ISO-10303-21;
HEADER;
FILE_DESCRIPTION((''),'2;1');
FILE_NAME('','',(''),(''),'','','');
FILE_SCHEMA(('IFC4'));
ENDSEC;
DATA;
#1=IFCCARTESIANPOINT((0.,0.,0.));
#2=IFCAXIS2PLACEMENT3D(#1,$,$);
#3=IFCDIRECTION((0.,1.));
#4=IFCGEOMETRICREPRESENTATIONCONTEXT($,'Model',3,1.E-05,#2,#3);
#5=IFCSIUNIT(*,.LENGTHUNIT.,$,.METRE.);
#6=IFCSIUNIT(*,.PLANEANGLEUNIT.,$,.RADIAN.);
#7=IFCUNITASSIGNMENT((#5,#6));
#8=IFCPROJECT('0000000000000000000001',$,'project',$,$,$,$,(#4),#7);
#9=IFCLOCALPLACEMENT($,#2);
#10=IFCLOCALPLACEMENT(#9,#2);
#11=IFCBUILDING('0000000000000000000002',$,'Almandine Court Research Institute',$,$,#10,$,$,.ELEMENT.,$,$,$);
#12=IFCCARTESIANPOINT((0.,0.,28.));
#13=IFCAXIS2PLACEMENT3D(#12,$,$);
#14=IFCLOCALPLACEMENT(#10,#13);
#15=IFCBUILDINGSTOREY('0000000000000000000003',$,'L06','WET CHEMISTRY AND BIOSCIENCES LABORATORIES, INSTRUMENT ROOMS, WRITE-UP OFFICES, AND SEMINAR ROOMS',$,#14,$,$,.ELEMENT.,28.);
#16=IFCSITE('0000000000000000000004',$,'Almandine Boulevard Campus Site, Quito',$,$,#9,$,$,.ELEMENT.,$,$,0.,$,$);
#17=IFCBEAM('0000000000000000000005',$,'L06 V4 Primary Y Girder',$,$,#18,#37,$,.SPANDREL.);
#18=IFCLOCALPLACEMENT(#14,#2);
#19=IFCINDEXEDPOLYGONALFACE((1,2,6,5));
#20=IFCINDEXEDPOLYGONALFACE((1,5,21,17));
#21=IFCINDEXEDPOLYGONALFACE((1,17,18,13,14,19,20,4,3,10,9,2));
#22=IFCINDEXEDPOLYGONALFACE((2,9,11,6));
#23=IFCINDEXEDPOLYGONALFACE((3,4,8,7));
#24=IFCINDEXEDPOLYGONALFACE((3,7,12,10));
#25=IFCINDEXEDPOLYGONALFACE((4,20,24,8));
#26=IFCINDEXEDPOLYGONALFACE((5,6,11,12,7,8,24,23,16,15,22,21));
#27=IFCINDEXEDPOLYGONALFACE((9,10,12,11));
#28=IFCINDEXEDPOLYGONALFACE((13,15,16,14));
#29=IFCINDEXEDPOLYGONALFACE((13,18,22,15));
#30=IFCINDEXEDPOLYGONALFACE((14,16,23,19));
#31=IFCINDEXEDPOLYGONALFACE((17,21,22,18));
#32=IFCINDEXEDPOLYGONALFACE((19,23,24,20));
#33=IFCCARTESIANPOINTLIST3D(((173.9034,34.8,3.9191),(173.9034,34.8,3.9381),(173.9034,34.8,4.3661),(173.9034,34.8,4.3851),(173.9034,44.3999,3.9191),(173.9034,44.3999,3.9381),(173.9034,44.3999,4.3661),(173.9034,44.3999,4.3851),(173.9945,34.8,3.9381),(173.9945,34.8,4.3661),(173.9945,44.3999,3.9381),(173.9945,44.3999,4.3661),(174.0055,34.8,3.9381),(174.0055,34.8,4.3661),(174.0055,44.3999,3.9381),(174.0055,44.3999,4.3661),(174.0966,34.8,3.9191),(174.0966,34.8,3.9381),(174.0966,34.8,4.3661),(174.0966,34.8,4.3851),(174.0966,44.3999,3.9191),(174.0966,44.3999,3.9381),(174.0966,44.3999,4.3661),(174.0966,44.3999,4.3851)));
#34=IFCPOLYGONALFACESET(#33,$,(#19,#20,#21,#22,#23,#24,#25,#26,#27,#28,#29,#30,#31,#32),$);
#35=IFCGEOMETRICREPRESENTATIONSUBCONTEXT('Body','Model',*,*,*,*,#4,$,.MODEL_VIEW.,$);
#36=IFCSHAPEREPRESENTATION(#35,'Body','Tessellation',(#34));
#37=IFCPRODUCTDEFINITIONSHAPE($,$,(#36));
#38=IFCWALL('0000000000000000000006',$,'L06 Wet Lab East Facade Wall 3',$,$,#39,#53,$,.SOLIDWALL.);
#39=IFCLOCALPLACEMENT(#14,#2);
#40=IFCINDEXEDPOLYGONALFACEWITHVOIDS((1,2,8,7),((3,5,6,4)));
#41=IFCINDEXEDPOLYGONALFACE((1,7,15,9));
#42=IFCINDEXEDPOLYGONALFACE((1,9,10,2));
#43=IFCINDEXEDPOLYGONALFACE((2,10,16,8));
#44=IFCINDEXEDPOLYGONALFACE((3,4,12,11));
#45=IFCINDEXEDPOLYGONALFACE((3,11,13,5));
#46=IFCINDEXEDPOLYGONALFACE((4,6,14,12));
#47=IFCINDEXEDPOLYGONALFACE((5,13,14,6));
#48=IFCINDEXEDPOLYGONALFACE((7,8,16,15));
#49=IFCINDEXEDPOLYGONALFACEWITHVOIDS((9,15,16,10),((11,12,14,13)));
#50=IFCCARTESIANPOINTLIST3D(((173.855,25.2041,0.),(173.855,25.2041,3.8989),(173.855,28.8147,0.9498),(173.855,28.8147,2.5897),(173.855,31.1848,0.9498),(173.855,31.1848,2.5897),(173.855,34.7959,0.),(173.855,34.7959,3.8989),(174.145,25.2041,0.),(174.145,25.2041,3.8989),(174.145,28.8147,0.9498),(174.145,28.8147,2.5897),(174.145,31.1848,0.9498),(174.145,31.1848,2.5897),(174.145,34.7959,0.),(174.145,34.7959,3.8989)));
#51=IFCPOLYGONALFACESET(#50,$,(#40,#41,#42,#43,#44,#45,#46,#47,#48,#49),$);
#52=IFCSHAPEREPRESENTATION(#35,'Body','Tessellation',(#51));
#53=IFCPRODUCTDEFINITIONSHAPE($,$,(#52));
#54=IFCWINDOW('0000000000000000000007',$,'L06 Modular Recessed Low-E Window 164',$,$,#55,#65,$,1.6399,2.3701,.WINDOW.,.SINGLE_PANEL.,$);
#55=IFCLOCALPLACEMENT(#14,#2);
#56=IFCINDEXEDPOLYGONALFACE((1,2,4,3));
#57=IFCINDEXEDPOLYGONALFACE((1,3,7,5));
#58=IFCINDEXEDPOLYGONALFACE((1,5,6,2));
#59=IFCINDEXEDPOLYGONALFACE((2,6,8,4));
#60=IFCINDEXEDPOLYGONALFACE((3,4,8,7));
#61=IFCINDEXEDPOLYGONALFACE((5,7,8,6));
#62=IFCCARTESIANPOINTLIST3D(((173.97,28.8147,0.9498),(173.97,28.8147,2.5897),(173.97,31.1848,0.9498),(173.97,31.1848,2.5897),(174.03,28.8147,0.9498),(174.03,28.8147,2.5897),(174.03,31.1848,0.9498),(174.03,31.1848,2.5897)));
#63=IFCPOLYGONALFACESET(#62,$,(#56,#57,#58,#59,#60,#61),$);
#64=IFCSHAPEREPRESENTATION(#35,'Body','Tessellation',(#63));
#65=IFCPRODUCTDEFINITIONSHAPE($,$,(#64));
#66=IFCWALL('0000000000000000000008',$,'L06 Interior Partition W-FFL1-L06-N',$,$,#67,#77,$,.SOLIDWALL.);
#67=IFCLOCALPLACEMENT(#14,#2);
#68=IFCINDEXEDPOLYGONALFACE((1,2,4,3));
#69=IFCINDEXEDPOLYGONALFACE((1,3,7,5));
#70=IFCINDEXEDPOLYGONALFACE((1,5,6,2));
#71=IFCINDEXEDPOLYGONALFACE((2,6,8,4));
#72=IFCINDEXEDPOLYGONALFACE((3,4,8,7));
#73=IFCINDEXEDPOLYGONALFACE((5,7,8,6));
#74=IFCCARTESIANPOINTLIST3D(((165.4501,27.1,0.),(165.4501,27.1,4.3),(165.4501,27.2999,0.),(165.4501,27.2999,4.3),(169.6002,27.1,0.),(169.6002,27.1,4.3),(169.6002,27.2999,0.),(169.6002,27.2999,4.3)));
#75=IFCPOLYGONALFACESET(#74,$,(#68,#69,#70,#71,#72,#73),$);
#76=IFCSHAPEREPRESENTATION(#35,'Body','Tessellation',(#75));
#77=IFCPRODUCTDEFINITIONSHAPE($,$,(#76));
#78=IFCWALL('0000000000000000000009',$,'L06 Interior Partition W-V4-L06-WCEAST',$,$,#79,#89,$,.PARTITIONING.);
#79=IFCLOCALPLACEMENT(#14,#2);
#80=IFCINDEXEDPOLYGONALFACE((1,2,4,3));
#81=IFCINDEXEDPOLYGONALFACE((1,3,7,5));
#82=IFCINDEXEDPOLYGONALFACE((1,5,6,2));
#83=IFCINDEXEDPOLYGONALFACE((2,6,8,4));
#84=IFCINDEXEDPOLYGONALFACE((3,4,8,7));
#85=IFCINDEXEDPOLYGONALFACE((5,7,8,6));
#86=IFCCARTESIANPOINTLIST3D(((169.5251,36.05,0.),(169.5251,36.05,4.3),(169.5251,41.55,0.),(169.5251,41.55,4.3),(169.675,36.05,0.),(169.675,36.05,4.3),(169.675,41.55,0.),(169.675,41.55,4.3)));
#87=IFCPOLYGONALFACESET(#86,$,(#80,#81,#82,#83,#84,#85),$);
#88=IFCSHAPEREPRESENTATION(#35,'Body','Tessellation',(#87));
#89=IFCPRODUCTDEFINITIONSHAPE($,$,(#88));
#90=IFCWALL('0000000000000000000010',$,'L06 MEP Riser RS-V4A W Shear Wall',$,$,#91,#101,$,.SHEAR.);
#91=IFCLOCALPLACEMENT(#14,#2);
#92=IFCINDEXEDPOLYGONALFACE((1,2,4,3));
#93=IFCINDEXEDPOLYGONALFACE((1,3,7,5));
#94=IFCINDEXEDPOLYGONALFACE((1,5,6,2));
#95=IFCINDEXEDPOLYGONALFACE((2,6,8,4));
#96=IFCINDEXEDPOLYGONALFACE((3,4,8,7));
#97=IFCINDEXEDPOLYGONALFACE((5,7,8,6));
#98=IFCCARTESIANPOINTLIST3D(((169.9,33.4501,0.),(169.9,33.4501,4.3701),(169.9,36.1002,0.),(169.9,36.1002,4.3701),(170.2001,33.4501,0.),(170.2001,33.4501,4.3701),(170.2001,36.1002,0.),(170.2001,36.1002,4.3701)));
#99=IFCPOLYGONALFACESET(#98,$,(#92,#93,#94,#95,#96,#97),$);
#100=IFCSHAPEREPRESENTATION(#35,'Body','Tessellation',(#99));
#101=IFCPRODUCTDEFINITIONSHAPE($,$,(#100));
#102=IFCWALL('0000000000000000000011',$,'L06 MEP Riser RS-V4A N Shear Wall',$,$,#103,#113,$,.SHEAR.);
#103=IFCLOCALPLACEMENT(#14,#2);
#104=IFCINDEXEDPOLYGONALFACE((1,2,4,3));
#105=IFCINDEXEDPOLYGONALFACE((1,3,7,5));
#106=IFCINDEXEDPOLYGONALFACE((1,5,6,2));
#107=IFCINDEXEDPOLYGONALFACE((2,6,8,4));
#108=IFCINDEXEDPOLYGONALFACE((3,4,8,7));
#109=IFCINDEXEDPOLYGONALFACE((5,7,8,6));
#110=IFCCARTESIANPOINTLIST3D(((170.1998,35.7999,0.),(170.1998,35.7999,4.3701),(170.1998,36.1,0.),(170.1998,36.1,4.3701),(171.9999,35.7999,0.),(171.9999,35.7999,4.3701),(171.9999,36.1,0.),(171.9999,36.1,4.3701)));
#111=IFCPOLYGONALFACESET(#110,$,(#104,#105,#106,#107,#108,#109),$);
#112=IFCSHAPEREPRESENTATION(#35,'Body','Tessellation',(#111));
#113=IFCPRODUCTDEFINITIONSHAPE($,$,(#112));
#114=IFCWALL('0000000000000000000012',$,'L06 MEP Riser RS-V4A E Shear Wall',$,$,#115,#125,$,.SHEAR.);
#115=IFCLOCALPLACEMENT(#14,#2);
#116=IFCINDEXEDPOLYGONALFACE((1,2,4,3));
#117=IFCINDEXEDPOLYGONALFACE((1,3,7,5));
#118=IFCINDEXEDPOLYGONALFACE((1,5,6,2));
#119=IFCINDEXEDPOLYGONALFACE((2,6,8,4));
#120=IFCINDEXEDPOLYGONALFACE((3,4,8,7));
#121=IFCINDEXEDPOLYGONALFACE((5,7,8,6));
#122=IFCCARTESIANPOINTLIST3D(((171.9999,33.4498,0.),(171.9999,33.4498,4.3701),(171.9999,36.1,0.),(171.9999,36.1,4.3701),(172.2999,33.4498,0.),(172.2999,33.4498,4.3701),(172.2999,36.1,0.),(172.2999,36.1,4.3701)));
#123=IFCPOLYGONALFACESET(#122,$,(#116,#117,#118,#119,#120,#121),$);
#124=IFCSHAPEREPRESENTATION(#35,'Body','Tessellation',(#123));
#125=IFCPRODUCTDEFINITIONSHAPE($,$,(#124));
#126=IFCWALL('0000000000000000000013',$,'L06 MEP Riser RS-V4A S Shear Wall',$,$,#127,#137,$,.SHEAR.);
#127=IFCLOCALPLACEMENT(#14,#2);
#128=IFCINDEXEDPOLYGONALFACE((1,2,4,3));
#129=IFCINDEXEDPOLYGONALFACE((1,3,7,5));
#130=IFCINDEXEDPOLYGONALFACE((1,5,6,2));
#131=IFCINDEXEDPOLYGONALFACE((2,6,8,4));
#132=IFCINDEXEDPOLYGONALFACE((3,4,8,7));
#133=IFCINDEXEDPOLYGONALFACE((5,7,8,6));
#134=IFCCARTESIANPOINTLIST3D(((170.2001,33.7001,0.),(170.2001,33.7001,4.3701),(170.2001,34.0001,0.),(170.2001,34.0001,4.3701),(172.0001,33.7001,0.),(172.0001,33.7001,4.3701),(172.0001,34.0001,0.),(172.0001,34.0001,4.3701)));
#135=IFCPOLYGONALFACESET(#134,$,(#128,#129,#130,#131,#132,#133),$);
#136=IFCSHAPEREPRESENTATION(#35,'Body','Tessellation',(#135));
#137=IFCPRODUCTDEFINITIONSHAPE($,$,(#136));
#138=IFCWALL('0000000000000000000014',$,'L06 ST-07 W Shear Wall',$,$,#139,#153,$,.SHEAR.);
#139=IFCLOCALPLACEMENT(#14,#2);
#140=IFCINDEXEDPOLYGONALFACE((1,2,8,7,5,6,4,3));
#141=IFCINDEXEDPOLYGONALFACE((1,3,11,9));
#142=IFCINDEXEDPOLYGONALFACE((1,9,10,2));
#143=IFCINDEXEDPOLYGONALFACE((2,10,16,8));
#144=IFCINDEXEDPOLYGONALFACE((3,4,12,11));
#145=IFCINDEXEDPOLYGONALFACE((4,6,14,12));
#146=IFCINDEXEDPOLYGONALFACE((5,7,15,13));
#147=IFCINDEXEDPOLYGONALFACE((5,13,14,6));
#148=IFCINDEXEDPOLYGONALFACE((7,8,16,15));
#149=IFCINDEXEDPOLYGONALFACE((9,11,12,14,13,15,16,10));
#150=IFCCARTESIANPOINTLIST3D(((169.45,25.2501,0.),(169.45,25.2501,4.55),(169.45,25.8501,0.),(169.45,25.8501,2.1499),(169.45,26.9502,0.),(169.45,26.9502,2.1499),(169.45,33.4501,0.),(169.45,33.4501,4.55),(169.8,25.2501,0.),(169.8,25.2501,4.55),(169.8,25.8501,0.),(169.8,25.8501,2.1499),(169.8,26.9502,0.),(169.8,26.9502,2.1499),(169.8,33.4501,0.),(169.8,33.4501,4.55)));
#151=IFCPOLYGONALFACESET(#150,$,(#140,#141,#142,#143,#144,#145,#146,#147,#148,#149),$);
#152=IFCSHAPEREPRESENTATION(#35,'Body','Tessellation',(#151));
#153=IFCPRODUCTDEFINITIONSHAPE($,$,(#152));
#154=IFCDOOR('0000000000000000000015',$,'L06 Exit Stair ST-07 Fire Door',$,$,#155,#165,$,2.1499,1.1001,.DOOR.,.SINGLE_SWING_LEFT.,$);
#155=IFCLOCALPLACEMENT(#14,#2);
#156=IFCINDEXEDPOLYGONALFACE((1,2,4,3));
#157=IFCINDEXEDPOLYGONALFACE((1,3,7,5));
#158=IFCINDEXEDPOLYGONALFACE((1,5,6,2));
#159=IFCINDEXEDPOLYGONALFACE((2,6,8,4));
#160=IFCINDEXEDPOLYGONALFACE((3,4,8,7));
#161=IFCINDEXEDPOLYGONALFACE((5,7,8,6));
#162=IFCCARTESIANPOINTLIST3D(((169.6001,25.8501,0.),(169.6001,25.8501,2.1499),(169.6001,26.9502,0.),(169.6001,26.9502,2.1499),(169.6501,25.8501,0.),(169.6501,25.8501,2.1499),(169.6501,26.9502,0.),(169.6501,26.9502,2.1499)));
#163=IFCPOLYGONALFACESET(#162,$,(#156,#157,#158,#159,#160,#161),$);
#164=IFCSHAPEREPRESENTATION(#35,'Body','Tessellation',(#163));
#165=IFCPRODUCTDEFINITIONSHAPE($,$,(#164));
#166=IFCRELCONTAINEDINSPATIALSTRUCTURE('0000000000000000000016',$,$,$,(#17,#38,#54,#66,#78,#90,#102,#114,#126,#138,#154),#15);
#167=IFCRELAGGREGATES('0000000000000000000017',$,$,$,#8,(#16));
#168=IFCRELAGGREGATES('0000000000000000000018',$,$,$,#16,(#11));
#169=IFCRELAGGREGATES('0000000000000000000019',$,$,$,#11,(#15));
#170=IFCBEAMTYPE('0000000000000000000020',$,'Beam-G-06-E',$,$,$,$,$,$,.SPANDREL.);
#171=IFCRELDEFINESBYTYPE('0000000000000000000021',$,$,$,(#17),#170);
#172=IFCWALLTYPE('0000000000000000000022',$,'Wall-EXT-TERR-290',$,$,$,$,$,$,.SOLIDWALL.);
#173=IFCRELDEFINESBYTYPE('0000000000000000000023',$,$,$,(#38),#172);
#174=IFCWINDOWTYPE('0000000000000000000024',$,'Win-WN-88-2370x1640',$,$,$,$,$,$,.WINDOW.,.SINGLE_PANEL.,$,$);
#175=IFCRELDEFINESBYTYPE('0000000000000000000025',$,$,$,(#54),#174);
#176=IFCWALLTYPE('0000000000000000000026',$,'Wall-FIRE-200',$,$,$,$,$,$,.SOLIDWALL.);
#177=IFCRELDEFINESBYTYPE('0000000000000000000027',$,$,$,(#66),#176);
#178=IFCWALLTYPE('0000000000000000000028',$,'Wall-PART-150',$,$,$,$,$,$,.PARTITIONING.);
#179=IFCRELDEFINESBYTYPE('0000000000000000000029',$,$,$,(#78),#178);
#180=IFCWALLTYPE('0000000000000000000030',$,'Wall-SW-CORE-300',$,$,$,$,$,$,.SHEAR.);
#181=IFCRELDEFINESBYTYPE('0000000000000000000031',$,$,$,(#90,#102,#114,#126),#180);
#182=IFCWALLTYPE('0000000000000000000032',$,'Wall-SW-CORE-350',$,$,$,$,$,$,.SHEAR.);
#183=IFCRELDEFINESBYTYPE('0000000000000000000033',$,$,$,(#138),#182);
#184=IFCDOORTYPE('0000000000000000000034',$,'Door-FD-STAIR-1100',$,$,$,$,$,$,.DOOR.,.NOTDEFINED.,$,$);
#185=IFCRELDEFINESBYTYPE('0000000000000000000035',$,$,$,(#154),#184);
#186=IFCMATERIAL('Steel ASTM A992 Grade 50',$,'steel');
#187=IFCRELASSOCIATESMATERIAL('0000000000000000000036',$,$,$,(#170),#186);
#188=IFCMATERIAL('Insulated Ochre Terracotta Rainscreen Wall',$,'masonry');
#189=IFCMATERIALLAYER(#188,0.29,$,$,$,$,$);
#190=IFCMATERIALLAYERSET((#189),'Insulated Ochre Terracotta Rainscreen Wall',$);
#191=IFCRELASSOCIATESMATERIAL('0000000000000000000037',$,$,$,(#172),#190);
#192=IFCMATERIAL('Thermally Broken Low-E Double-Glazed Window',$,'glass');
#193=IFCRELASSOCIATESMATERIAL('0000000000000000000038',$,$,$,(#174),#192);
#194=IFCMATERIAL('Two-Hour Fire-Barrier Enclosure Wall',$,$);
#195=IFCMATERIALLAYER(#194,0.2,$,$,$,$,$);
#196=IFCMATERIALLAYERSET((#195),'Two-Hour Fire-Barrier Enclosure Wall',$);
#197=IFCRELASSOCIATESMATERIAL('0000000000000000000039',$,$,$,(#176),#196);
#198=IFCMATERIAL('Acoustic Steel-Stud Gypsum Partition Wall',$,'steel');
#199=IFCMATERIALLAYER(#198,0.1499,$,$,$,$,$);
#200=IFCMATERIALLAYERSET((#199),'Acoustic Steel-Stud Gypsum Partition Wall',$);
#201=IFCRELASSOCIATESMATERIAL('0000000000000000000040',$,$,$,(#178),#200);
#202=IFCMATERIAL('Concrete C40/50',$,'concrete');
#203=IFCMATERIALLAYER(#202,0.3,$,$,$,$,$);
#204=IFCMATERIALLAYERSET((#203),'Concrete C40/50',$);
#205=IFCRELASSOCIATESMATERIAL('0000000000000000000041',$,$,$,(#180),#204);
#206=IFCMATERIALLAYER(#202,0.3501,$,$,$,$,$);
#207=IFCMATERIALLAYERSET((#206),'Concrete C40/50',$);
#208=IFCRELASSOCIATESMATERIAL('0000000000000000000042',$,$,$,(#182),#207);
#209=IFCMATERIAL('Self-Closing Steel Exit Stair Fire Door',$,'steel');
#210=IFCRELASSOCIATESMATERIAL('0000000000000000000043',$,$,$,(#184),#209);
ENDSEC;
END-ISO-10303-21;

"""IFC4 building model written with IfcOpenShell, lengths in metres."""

from ifc_helpers import new_model, si_unit, direction, frame, frame_2d, origin, origin_2d, place, context, subcontext, project, spatial, rectangle, i_section, extrude, material, layer, layer_set, material_profile, profile_set, type_object, element, fill, save


model = new_model("IFC4")

# Units and contexts
model_context = context("Model", 3, precision=1e-05, world=origin(), true_north=direction((0.0, 1.0)))
body_context = subcontext(model_context, "Body", "Model", "MODEL_VIEW")
ifc_project = project(units=[si_unit("LENGTHUNIT", "METRE"), si_unit("PLANEANGLEUNIT", "RADIAN")], contexts=[model_context])

# Site, building, storey
site_placement = place(None, origin())
site = spatial("IfcSite", under=ifc_project, at=site_placement, Name="Almandine Boulevard Campus Site, Quito", CompositionType="ELEMENT", RefElevation=0.0)
building_placement = place(site_placement, origin())
building = spatial("IfcBuilding", under=site, at=building_placement, Name="Almandine Court Research Institute", CompositionType="ELEMENT")
storey_placement = place(building_placement, frame((0.0, 0.0, 28.0)))
storey = spatial("IfcBuildingStorey", under=building, at=storey_placement, Name="L06", Description="WET CHEMISTRY AND BIOSCIENCES LABORATORIES, INSTRUMENT ROOMS, WRITE-UP OFFICES, AND SEMINAR ROOMS", CompositionType="ELEMENT", Elevation=28.0)

# Shared definitions
ifc_material_1 = material(Name="Steel ASTM A992 Grade 50", Category="steel")

# Beam
ifc_material_profile_1 = material_profile(ifc_material_1, i_section(OverallWidth=0.1931, OverallDepth=0.4661, WebThickness=0.011, FlangeThickness=0.019, at=origin_2d()), Name="W460x97")
ifc_profile_set_1 = profile_set([ifc_material_profile_1], Name="Steel ASTM A992 Grade 50")
beam_type_1 = type_object("IfcBeamType", Name="Beam-G-06-E", PredefinedType="SPANDREL", material=ifc_profile_set_1)
beam_1_placement = place(storey_placement, frame((174.0, 34.8, 4.1521), z_axis=(0.0, 1.0, 0.0), x_axis=(-1.0, 0.0, 0.0)))
element("IfcBeam", 1, at=beam_1_placement, inside=storey, type_object=beam_type_1, Name="L06 V4 Primary Y Girder", PredefinedType="SPANDREL", context=body_context, shape_type="SweptSolid", body=[
    extrude(i_section(OverallWidth=0.1931, OverallDepth=0.4661, WebThickness=0.011, FlangeThickness=0.019, at=origin_2d()), origin(), (0.0, 0.0, 1.0), 9.5999),
])

# Wall, opening, window
ifc_material_2 = material(Name="Insulated Ochre Terracotta Rainscreen Wall", Category="masonry")
ifc_layer_1 = layer(ifc_material_2, 0.29)
ifc_layer_set_1 = layer_set([ifc_layer_1], Name="Insulated Ochre Terracotta Rainscreen Wall")
wall_type_1 = type_object("IfcWallType", Name="Wall-EXT-TERR-290", PredefinedType="SOLIDWALL", material=ifc_layer_set_1)
wall_1_placement = place(storey_placement, frame((174.0, 34.7959, 0.0), z_axis=(0.0, 0.0, 1.0), x_axis=(0.0, -1.0, 0.0)))
wall_1 = element("IfcWall", 2, at=wall_1_placement, inside=storey, type_object=wall_type_1, Name="L06 Wet Lab East Facade Wall 3", PredefinedType="SOLIDWALL", context=body_context, shape_type="SweptSolid", body=[
    extrude(rectangle(XDim=9.5918, YDim=0.29, at=frame_2d((4.7959, 0.0))), origin(), (0.0, 0.0, 1.0), 3.8989),
])
opening_1_placement = place(wall_1_placement, frame((3.6111, 0.0, 0.95)))
opening_1 = element("IfcOpeningElement", 3, at=opening_1_placement, cuts=wall_1, PredefinedType="OPENING", context=body_context, shape_type="SweptSolid", body=[
    extrude(rectangle(XDim=2.3701, YDim=1.6399, at=frame_2d((1.1851, 0.8198))), frame((0.0, 0.155, 0.0), z_axis=(0.0, -1.0, 0.0), x_axis=(1.0, 0.0, 0.0)), (0.0, 0.0, 1.0), 0.3101),
])
ifc_material_3 = material(Name="Thermally Broken Low-E Double-Glazed Window", Category="glass")
window_type = type_object("IfcWindowType", Name="Win-WN-88-2370x1640", PartitioningType="SINGLE_PANEL", PredefinedType="WINDOW", material=ifc_material_3)
window_placement = place(opening_1_placement, origin())
window = element("IfcWindow", 4, at=window_placement, inside=storey, type_object=window_type, Name="L06 Modular Recessed Low-E Window 164", OverallHeight=1.6399, OverallWidth=2.3701, PartitioningType="SINGLE_PANEL", PredefinedType="WINDOW", context=body_context, shape_type="SweptSolid", body=[
    extrude(rectangle(XDim=2.3701, YDim=1.6399, at=frame_2d((1.1851, 0.8198))), frame((0.0, 0.03, 0.0), z_axis=(0.0, -1.0, 0.0), x_axis=(1.0, 0.0, 0.0)), (0.0, 0.0, 1.0), 0.0601),
])
fill(opening_1, window)

# Walls
ifc_material_4 = material(Name="Two-Hour Fire-Barrier Enclosure Wall")
ifc_layer_2 = layer(ifc_material_4, 0.2)
ifc_layer_set_2 = layer_set([ifc_layer_2], Name="Two-Hour Fire-Barrier Enclosure Wall")
wall_type_2 = type_object("IfcWallType", Name="Wall-FIRE-200", PredefinedType="SOLIDWALL", material=ifc_layer_set_2)
wall_2_placement = place(storey_placement, frame((165.45, 27.2, 0.0), z_axis=(0.0, 0.0, 1.0), x_axis=(1.0, 0.0, 0.0)))
element("IfcWall", 5, at=wall_2_placement, inside=storey, type_object=wall_type_2, Name="L06 Interior Partition W-FFL1-L06-N", PredefinedType="SOLIDWALL", context=body_context, shape_type="SweptSolid", body=[
    extrude(rectangle(XDim=4.1501, YDim=0.2, at=frame_2d((2.0752, 0.0))), origin(), (0.0, 0.0, 1.0), 4.3),
])
ifc_material_5 = material(Name="Acoustic Steel-Stud Gypsum Partition Wall", Category="steel")
ifc_layer_3 = layer(ifc_material_5, 0.1499)
ifc_layer_set_3 = layer_set([ifc_layer_3], Name="Acoustic Steel-Stud Gypsum Partition Wall")
wall_type_3 = type_object("IfcWallType", Name="Wall-PART-150", PredefinedType="PARTITIONING", material=ifc_layer_set_3)
wall_3_placement = place(storey_placement, frame((169.6001, 36.05, 0.0), z_axis=(0.0, 0.0, 1.0), x_axis=(0.0, 1.0, 0.0)))
element("IfcWall", 6, at=wall_3_placement, inside=storey, type_object=wall_type_3, Name="L06 Interior Partition W-V4-L06-WCEAST", PredefinedType="PARTITIONING", context=body_context, shape_type="SweptSolid", body=[
    extrude(rectangle(XDim=5.5, YDim=0.1499, at=frame_2d((2.75, 0.0))), origin(), (0.0, 0.0, 1.0), 4.3),
])
ifc_material_6 = material(Name="Concrete C40/50", Category="concrete")
ifc_layer_4 = layer(ifc_material_6, 0.3)
ifc_layer_set_4 = layer_set([ifc_layer_4], Name="Concrete C40/50")
wall_type_4 = type_object("IfcWallType", Name="Wall-SW-CORE-300", PredefinedType="SHEAR", material=ifc_layer_set_4)
wall_4_placement = place(storey_placement, frame((170.05, 33.45, 0.0), z_axis=(0.0, 0.0, 1.0), x_axis=(0.0, 1.0, 0.0)))
element("IfcWall", 7, at=wall_4_placement, inside=storey, type_object=wall_type_4, Name="L06 MEP Riser RS-V4A W Shear Wall", PredefinedType="SHEAR", context=body_context, shape_type="SweptSolid", body=[
    extrude(rectangle(XDim=2.6501, YDim=0.3, at=frame_2d((1.3252, 0.0))), origin(), (0.0, 0.0, 1.0), 4.3701),
])
wall_5_placement = place(storey_placement, frame((170.2, 35.95, 0.0), z_axis=(0.0, 0.0, 1.0), x_axis=(1.0, 0.0, 0.0)))
element("IfcWall", 8, at=wall_5_placement, inside=storey, type_object=wall_type_4, Name="L06 MEP Riser RS-V4A N Shear Wall", PredefinedType="SHEAR", context=body_context, shape_type="SweptSolid", body=[
    extrude(rectangle(XDim=1.8, YDim=0.3, at=frame_2d((0.8999, 0.0))), origin(), (0.0, 0.0, 1.0), 4.3701),
])
wall_6_placement = place(storey_placement, frame((172.1499, 36.1001, 0.0), z_axis=(0.0, 0.0, 1.0), x_axis=(0.0, -1.0, 0.0)))
element("IfcWall", 9, at=wall_6_placement, inside=storey, type_object=wall_type_4, Name="L06 MEP Riser RS-V4A E Shear Wall", PredefinedType="SHEAR", context=body_context, shape_type="SweptSolid", body=[
    extrude(rectangle(XDim=2.6501, YDim=0.3, at=frame_2d((1.3252, 0.0))), origin(), (0.0, 0.0, 1.0), 4.3701),
])
wall_7_placement = place(storey_placement, frame((172.0, 33.8501, 0.0), z_axis=(0.0, 0.0, 1.0), x_axis=(-1.0, 0.0, 0.0)))
element("IfcWall", 10, at=wall_7_placement, inside=storey, type_object=wall_type_4, Name="L06 MEP Riser RS-V4A S Shear Wall", PredefinedType="SHEAR", context=body_context, shape_type="SweptSolid", body=[
    extrude(rectangle(XDim=1.8, YDim=0.3, at=frame_2d((0.8999, 0.0))), origin(), (0.0, 0.0, 1.0), 4.3701),
])

# Wall, opening, door
ifc_layer_5 = layer(ifc_material_6, 0.3501)
ifc_layer_set_5 = layer_set([ifc_layer_5], Name="Concrete C40/50")
wall_type_5 = type_object("IfcWallType", Name="Wall-SW-CORE-350", PredefinedType="SHEAR", material=ifc_layer_set_5)
wall_8_placement = place(storey_placement, frame((169.625, 25.25, 0.0), z_axis=(0.0, 0.0, 1.0), x_axis=(0.0, 1.0, 0.0)))
wall_8 = element("IfcWall", 11, at=wall_8_placement, inside=storey, type_object=wall_type_5, Name="L06 ST-07 W Shear Wall", PredefinedType="SHEAR", context=body_context, shape_type="SweptSolid", body=[
    extrude(rectangle(XDim=8.2, YDim=0.3501, at=frame_2d((4.1001, 0.0))), origin(), (0.0, 0.0, 1.0), 4.55),
])
opening_2_placement = place(wall_8_placement, frame((0.6001, 0.0, 0.0)))
opening_2 = element("IfcOpeningElement", 12, at=opening_2_placement, cuts=wall_8, PredefinedType="OPENING", context=body_context, shape_type="SweptSolid", body=[
    extrude(rectangle(XDim=1.1001, YDim=2.1499, at=frame_2d((0.55, 1.075))), frame((0.0, 0.1851, 0.0), z_axis=(0.0, -1.0, 0.0), x_axis=(1.0, 0.0, 0.0)), (0.0, 0.0, 1.0), 0.3701),
])
ifc_material_7 = material(Name="Self-Closing Steel Exit Stair Fire Door", Category="steel")
door_type = type_object("IfcDoorType", Name="Door-FD-STAIR-1100", OperationType="NOTDEFINED", PredefinedType="DOOR", material=ifc_material_7)
door_placement = place(opening_2_placement, origin())
door = element("IfcDoor", 13, at=door_placement, inside=storey, type_object=door_type, Name="L06 Exit Stair ST-07 Fire Door", OperationType="SINGLE_SWING_LEFT", OverallHeight=2.1499, OverallWidth=1.1001, PredefinedType="DOOR", context=body_context, shape_type="SweptSolid", body=[
    extrude(rectangle(XDim=1.1001, YDim=2.1499, at=frame_2d((0.55, 1.075))), frame((0.0, 0.0249, 0.0), z_axis=(0.0, -1.0, 0.0), x_axis=(1.0, 0.0, 0.0)), (0.0, 0.0, 1.0), 0.05),
])
fill(opening_2, door)

save(model, "model.ifc")
